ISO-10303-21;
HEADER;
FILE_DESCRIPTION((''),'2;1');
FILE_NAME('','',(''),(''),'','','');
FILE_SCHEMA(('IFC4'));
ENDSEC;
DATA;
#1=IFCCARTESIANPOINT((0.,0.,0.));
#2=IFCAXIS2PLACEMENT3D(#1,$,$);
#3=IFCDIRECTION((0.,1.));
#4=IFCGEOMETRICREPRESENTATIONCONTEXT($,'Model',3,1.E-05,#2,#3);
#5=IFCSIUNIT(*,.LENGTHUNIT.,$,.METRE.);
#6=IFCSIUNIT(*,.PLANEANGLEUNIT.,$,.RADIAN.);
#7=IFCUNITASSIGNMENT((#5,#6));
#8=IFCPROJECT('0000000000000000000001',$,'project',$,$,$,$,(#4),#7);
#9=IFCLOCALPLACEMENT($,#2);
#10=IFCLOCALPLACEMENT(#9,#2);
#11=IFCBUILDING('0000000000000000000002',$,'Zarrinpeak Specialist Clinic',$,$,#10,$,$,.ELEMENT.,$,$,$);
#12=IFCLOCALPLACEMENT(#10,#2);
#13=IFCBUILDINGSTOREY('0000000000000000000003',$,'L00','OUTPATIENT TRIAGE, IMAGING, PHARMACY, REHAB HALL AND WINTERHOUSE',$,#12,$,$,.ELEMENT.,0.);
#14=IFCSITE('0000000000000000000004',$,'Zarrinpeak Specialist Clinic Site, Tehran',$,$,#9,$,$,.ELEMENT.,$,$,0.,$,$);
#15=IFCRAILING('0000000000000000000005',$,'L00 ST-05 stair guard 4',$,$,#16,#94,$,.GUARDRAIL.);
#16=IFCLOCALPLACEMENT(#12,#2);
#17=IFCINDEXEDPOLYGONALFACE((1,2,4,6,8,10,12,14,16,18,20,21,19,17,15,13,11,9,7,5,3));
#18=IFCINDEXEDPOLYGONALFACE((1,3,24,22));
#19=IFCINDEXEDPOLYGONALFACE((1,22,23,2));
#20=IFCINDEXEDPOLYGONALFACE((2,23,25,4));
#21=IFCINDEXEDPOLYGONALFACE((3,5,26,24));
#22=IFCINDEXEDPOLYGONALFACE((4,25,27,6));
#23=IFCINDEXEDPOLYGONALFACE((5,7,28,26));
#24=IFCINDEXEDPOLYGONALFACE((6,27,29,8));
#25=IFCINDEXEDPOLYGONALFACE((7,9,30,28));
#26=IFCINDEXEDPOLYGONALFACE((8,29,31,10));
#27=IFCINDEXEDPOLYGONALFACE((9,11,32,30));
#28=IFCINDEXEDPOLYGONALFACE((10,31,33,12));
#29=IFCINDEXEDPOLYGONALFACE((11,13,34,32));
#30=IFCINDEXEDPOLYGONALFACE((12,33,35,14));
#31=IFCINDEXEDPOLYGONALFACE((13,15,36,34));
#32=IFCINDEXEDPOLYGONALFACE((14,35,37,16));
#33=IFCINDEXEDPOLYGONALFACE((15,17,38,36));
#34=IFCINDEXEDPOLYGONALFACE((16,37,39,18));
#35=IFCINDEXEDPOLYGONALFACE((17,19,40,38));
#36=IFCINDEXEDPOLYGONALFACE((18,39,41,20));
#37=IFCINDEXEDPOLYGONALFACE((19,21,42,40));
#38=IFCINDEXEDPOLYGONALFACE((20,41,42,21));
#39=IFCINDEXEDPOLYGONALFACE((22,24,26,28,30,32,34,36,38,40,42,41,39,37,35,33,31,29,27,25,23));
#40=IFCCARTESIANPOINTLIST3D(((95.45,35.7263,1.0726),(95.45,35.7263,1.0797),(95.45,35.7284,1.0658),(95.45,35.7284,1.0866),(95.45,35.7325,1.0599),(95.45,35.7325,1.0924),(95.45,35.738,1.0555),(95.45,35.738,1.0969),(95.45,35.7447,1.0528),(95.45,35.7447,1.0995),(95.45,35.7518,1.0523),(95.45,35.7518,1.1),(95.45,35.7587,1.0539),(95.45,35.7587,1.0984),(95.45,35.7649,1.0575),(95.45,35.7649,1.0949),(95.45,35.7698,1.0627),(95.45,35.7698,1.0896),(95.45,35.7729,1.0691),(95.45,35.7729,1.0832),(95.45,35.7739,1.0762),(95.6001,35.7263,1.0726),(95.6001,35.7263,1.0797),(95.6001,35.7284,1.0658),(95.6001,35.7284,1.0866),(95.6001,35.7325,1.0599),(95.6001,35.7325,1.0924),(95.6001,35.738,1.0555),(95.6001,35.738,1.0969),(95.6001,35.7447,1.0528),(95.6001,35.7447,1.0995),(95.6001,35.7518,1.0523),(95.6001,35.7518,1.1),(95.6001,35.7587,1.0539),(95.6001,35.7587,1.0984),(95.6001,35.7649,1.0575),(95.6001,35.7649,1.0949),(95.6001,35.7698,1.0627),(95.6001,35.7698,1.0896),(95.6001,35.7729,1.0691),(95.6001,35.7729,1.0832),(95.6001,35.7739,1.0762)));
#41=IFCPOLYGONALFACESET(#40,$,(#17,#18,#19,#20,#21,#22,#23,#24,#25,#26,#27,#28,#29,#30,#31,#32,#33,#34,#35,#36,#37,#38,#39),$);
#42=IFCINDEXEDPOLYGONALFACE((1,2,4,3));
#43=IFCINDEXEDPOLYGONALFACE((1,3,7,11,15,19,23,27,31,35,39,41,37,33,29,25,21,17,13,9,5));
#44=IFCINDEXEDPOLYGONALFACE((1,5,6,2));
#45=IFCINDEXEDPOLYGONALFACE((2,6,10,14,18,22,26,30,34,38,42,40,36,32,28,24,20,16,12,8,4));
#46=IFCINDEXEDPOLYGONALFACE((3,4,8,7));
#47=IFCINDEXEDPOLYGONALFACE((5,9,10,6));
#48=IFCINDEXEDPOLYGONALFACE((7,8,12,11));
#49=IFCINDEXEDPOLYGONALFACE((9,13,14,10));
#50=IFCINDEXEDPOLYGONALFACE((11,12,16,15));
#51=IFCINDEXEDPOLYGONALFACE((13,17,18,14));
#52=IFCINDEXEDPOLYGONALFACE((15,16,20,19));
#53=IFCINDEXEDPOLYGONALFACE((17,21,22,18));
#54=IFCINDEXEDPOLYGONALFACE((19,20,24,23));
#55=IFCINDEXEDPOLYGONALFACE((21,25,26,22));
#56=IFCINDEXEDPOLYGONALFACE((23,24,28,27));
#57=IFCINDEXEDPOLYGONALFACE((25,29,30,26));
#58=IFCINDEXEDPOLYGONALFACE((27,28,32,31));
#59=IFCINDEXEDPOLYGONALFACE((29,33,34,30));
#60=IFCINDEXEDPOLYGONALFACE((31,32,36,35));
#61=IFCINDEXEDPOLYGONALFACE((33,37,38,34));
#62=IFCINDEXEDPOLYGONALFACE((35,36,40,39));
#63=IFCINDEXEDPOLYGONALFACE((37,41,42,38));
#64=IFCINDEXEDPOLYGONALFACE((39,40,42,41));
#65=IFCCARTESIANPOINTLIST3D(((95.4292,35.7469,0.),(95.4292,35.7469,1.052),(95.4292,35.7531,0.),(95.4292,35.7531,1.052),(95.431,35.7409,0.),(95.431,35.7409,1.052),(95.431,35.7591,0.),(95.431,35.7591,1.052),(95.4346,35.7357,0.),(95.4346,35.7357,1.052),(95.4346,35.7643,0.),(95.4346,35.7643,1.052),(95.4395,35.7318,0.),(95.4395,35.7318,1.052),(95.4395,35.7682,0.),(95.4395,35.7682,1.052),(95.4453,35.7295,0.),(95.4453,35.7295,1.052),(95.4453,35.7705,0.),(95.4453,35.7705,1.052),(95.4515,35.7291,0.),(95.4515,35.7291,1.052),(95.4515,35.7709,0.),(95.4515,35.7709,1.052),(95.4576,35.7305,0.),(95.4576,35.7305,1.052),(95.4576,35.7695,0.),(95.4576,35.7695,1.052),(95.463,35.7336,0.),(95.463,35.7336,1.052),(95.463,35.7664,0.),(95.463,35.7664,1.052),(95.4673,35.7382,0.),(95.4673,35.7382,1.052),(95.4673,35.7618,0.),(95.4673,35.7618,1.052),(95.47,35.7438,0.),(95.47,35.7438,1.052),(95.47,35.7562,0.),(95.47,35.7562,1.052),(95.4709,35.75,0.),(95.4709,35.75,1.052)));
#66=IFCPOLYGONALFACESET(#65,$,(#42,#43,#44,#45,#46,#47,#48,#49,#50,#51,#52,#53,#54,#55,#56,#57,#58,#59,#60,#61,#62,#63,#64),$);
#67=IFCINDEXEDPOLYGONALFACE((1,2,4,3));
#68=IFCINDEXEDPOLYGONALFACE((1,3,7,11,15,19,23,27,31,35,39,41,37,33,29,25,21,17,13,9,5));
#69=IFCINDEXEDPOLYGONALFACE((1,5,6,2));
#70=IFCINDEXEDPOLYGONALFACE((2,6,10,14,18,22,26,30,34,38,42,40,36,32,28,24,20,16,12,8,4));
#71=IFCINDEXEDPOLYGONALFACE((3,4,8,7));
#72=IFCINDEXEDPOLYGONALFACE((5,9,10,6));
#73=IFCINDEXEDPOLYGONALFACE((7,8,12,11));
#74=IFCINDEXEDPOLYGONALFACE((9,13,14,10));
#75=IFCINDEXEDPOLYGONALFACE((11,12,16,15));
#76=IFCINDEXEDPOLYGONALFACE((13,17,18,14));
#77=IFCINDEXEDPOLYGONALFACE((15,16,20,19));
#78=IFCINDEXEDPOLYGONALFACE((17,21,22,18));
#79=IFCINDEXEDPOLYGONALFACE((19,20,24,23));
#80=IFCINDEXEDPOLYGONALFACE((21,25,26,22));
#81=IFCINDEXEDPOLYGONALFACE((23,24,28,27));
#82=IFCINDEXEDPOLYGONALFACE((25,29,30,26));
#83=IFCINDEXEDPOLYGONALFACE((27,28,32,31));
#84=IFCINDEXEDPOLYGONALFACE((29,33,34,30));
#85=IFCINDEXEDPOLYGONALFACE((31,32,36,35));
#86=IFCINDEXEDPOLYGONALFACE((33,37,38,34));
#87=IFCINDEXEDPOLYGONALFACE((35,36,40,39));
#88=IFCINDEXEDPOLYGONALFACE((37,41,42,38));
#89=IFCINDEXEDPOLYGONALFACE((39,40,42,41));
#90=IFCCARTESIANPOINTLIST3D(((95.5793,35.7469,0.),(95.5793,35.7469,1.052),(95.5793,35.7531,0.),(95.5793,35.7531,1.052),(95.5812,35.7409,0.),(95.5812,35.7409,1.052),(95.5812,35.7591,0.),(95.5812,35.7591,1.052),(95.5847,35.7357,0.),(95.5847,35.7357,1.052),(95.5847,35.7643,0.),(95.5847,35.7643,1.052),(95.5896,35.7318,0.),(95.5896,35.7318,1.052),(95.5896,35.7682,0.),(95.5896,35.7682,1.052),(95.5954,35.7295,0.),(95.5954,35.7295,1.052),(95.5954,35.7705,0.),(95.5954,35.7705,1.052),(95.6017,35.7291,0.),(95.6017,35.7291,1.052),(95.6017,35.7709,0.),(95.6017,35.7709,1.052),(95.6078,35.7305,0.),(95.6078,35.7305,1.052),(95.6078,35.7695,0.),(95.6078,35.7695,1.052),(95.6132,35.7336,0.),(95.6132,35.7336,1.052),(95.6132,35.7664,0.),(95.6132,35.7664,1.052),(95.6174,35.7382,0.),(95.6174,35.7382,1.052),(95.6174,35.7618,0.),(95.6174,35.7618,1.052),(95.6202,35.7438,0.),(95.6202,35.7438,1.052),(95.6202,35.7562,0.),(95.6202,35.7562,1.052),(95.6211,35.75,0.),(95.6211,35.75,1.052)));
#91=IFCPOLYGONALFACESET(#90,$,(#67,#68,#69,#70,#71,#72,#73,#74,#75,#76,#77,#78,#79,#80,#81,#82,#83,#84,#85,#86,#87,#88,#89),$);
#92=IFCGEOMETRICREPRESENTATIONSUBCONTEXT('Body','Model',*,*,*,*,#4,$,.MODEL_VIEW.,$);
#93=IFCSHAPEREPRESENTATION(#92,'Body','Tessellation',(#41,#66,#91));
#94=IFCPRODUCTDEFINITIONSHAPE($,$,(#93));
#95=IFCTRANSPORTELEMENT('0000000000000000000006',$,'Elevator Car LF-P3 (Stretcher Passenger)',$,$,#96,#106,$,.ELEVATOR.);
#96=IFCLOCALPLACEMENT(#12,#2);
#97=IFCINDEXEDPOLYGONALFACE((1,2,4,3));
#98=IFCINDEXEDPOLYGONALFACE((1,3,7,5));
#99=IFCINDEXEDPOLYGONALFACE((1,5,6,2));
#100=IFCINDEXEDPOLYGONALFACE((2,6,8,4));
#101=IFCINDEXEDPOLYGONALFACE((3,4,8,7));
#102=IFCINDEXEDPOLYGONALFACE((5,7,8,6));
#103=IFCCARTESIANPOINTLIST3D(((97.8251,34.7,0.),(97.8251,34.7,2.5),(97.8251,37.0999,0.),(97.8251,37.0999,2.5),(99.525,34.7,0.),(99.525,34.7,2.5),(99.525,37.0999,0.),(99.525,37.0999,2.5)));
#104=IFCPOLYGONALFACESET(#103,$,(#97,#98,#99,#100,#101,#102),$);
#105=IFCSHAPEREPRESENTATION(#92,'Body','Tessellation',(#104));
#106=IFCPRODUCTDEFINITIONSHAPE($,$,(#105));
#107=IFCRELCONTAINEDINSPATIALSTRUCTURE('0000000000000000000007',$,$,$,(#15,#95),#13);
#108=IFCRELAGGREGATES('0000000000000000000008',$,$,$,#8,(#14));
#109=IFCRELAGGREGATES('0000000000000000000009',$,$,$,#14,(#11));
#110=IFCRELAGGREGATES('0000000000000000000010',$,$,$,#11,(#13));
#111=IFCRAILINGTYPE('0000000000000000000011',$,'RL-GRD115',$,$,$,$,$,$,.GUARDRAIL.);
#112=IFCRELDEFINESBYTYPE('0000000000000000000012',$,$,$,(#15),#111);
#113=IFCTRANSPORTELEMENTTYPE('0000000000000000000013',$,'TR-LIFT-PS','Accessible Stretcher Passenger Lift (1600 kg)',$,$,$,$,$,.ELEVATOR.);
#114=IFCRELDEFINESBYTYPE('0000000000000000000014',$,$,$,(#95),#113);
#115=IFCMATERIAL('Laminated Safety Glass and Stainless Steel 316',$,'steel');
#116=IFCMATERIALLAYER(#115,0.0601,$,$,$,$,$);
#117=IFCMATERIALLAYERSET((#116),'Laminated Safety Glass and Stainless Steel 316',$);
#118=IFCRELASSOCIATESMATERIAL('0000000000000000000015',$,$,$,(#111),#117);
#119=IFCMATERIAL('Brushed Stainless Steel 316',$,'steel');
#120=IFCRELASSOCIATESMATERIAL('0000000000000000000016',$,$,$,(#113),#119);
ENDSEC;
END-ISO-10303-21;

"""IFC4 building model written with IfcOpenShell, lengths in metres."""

from ifc_helpers import new_model, si_unit, direction, frame, origin, origin_2d, place, context, subcontext, project, spatial, rectangle, circle, extrude, material, layer, layer_set, type_object, element, save


model = new_model("IFC4")

# Units and contexts
model_context = context("Model", 3, precision=1e-05, world=origin(), true_north=direction((0.0, 1.0)))
body_context = subcontext(model_context, "Body", "Model", "MODEL_VIEW")
ifc_project = project(units=[si_unit("LENGTHUNIT", "METRE"), si_unit("PLANEANGLEUNIT", "RADIAN")], contexts=[model_context])

# Site, building, storey
site_placement = place(None, origin())
site = spatial("IfcSite", under=ifc_project, at=site_placement, Name="Zarrinpeak Specialist Clinic Site, Tehran", CompositionType="ELEMENT", RefElevation=0.0)
building_placement = place(site_placement, origin())
building = spatial("IfcBuilding", under=site, at=building_placement, Name="Zarrinpeak Specialist Clinic", CompositionType="ELEMENT")
storey_placement = place(building_placement, origin())
storey = spatial("IfcBuildingStorey", under=building, at=storey_placement, Name="L00", Description="OUTPATIENT TRIAGE, IMAGING, PHARMACY, REHAB HALL AND WINTERHOUSE", CompositionType="ELEMENT", Elevation=0.0)

# Railing
ifc_material_1 = material(Name="Laminated Safety Glass and Stainless Steel 316", Category="steel")
ifc_layer_1 = layer(ifc_material_1, 0.0601)
ifc_layer_set_1 = layer_set([ifc_layer_1], Name="Laminated Safety Glass and Stainless Steel 316")
railing_type = type_object("IfcRailingType", Name="RL-GRD115", PredefinedType="GUARDRAIL", material=ifc_layer_set_1)
railing_1_placement = place(storey_placement, frame((95.45, 35.75, 0.0)))
element("IfcRailing", 1, at=railing_1_placement, inside=storey, type_object=railing_type, Name="L00 ST-05 stair guard 4", PredefinedType="GUARDRAIL", context=body_context, shape_type="SweptSolid", body=[
    extrude(circle(Radius=0.0239, at=origin_2d()), frame((0.0, 0.0, 1.0762), z_axis=(1.0, 0.0, 0.0), x_axis=(0.0, 1.0, 0.0)), (0.0, 0.0, 1.0), 0.1501),
    extrude(circle(Radius=0.021, at=origin_2d()), origin(), (0.0, 0.0, 1.0), 1.052),
    extrude(circle(Radius=0.021, at=origin_2d()), frame((0.1501, 0.0, 0.0)), (0.0, 0.0, 1.0), 1.052),
])

# Transport element
ifc_material_2 = material(Name="Brushed Stainless Steel 316", Category="steel")
transport_element_type = type_object("IfcTransportElementType", Name="TR-LIFT-PS", Description="Accessible Stretcher Passenger Lift (1600 kg)", PredefinedType="ELEVATOR", material=ifc_material_2)
transport_element_placement = place(storey_placement, frame((98.675, 35.8999, 0.0), z_axis=(0.0, 0.0, 1.0), x_axis=(1.0, 0.0, 0.0)))
element("IfcTransportElement", 2, at=transport_element_placement, inside=storey, type_object=transport_element_type, Name="Elevator Car LF-P3 (Stretcher Passenger)", PredefinedType="ELEVATOR", context=body_context, shape_type="SweptSolid", body=[
    extrude(rectangle(XDim=1.7, YDim=2.3999, at=origin_2d()), origin(), (0.0, 0.0, 1.0), 2.5),
])

save(model, "model.ifc")
